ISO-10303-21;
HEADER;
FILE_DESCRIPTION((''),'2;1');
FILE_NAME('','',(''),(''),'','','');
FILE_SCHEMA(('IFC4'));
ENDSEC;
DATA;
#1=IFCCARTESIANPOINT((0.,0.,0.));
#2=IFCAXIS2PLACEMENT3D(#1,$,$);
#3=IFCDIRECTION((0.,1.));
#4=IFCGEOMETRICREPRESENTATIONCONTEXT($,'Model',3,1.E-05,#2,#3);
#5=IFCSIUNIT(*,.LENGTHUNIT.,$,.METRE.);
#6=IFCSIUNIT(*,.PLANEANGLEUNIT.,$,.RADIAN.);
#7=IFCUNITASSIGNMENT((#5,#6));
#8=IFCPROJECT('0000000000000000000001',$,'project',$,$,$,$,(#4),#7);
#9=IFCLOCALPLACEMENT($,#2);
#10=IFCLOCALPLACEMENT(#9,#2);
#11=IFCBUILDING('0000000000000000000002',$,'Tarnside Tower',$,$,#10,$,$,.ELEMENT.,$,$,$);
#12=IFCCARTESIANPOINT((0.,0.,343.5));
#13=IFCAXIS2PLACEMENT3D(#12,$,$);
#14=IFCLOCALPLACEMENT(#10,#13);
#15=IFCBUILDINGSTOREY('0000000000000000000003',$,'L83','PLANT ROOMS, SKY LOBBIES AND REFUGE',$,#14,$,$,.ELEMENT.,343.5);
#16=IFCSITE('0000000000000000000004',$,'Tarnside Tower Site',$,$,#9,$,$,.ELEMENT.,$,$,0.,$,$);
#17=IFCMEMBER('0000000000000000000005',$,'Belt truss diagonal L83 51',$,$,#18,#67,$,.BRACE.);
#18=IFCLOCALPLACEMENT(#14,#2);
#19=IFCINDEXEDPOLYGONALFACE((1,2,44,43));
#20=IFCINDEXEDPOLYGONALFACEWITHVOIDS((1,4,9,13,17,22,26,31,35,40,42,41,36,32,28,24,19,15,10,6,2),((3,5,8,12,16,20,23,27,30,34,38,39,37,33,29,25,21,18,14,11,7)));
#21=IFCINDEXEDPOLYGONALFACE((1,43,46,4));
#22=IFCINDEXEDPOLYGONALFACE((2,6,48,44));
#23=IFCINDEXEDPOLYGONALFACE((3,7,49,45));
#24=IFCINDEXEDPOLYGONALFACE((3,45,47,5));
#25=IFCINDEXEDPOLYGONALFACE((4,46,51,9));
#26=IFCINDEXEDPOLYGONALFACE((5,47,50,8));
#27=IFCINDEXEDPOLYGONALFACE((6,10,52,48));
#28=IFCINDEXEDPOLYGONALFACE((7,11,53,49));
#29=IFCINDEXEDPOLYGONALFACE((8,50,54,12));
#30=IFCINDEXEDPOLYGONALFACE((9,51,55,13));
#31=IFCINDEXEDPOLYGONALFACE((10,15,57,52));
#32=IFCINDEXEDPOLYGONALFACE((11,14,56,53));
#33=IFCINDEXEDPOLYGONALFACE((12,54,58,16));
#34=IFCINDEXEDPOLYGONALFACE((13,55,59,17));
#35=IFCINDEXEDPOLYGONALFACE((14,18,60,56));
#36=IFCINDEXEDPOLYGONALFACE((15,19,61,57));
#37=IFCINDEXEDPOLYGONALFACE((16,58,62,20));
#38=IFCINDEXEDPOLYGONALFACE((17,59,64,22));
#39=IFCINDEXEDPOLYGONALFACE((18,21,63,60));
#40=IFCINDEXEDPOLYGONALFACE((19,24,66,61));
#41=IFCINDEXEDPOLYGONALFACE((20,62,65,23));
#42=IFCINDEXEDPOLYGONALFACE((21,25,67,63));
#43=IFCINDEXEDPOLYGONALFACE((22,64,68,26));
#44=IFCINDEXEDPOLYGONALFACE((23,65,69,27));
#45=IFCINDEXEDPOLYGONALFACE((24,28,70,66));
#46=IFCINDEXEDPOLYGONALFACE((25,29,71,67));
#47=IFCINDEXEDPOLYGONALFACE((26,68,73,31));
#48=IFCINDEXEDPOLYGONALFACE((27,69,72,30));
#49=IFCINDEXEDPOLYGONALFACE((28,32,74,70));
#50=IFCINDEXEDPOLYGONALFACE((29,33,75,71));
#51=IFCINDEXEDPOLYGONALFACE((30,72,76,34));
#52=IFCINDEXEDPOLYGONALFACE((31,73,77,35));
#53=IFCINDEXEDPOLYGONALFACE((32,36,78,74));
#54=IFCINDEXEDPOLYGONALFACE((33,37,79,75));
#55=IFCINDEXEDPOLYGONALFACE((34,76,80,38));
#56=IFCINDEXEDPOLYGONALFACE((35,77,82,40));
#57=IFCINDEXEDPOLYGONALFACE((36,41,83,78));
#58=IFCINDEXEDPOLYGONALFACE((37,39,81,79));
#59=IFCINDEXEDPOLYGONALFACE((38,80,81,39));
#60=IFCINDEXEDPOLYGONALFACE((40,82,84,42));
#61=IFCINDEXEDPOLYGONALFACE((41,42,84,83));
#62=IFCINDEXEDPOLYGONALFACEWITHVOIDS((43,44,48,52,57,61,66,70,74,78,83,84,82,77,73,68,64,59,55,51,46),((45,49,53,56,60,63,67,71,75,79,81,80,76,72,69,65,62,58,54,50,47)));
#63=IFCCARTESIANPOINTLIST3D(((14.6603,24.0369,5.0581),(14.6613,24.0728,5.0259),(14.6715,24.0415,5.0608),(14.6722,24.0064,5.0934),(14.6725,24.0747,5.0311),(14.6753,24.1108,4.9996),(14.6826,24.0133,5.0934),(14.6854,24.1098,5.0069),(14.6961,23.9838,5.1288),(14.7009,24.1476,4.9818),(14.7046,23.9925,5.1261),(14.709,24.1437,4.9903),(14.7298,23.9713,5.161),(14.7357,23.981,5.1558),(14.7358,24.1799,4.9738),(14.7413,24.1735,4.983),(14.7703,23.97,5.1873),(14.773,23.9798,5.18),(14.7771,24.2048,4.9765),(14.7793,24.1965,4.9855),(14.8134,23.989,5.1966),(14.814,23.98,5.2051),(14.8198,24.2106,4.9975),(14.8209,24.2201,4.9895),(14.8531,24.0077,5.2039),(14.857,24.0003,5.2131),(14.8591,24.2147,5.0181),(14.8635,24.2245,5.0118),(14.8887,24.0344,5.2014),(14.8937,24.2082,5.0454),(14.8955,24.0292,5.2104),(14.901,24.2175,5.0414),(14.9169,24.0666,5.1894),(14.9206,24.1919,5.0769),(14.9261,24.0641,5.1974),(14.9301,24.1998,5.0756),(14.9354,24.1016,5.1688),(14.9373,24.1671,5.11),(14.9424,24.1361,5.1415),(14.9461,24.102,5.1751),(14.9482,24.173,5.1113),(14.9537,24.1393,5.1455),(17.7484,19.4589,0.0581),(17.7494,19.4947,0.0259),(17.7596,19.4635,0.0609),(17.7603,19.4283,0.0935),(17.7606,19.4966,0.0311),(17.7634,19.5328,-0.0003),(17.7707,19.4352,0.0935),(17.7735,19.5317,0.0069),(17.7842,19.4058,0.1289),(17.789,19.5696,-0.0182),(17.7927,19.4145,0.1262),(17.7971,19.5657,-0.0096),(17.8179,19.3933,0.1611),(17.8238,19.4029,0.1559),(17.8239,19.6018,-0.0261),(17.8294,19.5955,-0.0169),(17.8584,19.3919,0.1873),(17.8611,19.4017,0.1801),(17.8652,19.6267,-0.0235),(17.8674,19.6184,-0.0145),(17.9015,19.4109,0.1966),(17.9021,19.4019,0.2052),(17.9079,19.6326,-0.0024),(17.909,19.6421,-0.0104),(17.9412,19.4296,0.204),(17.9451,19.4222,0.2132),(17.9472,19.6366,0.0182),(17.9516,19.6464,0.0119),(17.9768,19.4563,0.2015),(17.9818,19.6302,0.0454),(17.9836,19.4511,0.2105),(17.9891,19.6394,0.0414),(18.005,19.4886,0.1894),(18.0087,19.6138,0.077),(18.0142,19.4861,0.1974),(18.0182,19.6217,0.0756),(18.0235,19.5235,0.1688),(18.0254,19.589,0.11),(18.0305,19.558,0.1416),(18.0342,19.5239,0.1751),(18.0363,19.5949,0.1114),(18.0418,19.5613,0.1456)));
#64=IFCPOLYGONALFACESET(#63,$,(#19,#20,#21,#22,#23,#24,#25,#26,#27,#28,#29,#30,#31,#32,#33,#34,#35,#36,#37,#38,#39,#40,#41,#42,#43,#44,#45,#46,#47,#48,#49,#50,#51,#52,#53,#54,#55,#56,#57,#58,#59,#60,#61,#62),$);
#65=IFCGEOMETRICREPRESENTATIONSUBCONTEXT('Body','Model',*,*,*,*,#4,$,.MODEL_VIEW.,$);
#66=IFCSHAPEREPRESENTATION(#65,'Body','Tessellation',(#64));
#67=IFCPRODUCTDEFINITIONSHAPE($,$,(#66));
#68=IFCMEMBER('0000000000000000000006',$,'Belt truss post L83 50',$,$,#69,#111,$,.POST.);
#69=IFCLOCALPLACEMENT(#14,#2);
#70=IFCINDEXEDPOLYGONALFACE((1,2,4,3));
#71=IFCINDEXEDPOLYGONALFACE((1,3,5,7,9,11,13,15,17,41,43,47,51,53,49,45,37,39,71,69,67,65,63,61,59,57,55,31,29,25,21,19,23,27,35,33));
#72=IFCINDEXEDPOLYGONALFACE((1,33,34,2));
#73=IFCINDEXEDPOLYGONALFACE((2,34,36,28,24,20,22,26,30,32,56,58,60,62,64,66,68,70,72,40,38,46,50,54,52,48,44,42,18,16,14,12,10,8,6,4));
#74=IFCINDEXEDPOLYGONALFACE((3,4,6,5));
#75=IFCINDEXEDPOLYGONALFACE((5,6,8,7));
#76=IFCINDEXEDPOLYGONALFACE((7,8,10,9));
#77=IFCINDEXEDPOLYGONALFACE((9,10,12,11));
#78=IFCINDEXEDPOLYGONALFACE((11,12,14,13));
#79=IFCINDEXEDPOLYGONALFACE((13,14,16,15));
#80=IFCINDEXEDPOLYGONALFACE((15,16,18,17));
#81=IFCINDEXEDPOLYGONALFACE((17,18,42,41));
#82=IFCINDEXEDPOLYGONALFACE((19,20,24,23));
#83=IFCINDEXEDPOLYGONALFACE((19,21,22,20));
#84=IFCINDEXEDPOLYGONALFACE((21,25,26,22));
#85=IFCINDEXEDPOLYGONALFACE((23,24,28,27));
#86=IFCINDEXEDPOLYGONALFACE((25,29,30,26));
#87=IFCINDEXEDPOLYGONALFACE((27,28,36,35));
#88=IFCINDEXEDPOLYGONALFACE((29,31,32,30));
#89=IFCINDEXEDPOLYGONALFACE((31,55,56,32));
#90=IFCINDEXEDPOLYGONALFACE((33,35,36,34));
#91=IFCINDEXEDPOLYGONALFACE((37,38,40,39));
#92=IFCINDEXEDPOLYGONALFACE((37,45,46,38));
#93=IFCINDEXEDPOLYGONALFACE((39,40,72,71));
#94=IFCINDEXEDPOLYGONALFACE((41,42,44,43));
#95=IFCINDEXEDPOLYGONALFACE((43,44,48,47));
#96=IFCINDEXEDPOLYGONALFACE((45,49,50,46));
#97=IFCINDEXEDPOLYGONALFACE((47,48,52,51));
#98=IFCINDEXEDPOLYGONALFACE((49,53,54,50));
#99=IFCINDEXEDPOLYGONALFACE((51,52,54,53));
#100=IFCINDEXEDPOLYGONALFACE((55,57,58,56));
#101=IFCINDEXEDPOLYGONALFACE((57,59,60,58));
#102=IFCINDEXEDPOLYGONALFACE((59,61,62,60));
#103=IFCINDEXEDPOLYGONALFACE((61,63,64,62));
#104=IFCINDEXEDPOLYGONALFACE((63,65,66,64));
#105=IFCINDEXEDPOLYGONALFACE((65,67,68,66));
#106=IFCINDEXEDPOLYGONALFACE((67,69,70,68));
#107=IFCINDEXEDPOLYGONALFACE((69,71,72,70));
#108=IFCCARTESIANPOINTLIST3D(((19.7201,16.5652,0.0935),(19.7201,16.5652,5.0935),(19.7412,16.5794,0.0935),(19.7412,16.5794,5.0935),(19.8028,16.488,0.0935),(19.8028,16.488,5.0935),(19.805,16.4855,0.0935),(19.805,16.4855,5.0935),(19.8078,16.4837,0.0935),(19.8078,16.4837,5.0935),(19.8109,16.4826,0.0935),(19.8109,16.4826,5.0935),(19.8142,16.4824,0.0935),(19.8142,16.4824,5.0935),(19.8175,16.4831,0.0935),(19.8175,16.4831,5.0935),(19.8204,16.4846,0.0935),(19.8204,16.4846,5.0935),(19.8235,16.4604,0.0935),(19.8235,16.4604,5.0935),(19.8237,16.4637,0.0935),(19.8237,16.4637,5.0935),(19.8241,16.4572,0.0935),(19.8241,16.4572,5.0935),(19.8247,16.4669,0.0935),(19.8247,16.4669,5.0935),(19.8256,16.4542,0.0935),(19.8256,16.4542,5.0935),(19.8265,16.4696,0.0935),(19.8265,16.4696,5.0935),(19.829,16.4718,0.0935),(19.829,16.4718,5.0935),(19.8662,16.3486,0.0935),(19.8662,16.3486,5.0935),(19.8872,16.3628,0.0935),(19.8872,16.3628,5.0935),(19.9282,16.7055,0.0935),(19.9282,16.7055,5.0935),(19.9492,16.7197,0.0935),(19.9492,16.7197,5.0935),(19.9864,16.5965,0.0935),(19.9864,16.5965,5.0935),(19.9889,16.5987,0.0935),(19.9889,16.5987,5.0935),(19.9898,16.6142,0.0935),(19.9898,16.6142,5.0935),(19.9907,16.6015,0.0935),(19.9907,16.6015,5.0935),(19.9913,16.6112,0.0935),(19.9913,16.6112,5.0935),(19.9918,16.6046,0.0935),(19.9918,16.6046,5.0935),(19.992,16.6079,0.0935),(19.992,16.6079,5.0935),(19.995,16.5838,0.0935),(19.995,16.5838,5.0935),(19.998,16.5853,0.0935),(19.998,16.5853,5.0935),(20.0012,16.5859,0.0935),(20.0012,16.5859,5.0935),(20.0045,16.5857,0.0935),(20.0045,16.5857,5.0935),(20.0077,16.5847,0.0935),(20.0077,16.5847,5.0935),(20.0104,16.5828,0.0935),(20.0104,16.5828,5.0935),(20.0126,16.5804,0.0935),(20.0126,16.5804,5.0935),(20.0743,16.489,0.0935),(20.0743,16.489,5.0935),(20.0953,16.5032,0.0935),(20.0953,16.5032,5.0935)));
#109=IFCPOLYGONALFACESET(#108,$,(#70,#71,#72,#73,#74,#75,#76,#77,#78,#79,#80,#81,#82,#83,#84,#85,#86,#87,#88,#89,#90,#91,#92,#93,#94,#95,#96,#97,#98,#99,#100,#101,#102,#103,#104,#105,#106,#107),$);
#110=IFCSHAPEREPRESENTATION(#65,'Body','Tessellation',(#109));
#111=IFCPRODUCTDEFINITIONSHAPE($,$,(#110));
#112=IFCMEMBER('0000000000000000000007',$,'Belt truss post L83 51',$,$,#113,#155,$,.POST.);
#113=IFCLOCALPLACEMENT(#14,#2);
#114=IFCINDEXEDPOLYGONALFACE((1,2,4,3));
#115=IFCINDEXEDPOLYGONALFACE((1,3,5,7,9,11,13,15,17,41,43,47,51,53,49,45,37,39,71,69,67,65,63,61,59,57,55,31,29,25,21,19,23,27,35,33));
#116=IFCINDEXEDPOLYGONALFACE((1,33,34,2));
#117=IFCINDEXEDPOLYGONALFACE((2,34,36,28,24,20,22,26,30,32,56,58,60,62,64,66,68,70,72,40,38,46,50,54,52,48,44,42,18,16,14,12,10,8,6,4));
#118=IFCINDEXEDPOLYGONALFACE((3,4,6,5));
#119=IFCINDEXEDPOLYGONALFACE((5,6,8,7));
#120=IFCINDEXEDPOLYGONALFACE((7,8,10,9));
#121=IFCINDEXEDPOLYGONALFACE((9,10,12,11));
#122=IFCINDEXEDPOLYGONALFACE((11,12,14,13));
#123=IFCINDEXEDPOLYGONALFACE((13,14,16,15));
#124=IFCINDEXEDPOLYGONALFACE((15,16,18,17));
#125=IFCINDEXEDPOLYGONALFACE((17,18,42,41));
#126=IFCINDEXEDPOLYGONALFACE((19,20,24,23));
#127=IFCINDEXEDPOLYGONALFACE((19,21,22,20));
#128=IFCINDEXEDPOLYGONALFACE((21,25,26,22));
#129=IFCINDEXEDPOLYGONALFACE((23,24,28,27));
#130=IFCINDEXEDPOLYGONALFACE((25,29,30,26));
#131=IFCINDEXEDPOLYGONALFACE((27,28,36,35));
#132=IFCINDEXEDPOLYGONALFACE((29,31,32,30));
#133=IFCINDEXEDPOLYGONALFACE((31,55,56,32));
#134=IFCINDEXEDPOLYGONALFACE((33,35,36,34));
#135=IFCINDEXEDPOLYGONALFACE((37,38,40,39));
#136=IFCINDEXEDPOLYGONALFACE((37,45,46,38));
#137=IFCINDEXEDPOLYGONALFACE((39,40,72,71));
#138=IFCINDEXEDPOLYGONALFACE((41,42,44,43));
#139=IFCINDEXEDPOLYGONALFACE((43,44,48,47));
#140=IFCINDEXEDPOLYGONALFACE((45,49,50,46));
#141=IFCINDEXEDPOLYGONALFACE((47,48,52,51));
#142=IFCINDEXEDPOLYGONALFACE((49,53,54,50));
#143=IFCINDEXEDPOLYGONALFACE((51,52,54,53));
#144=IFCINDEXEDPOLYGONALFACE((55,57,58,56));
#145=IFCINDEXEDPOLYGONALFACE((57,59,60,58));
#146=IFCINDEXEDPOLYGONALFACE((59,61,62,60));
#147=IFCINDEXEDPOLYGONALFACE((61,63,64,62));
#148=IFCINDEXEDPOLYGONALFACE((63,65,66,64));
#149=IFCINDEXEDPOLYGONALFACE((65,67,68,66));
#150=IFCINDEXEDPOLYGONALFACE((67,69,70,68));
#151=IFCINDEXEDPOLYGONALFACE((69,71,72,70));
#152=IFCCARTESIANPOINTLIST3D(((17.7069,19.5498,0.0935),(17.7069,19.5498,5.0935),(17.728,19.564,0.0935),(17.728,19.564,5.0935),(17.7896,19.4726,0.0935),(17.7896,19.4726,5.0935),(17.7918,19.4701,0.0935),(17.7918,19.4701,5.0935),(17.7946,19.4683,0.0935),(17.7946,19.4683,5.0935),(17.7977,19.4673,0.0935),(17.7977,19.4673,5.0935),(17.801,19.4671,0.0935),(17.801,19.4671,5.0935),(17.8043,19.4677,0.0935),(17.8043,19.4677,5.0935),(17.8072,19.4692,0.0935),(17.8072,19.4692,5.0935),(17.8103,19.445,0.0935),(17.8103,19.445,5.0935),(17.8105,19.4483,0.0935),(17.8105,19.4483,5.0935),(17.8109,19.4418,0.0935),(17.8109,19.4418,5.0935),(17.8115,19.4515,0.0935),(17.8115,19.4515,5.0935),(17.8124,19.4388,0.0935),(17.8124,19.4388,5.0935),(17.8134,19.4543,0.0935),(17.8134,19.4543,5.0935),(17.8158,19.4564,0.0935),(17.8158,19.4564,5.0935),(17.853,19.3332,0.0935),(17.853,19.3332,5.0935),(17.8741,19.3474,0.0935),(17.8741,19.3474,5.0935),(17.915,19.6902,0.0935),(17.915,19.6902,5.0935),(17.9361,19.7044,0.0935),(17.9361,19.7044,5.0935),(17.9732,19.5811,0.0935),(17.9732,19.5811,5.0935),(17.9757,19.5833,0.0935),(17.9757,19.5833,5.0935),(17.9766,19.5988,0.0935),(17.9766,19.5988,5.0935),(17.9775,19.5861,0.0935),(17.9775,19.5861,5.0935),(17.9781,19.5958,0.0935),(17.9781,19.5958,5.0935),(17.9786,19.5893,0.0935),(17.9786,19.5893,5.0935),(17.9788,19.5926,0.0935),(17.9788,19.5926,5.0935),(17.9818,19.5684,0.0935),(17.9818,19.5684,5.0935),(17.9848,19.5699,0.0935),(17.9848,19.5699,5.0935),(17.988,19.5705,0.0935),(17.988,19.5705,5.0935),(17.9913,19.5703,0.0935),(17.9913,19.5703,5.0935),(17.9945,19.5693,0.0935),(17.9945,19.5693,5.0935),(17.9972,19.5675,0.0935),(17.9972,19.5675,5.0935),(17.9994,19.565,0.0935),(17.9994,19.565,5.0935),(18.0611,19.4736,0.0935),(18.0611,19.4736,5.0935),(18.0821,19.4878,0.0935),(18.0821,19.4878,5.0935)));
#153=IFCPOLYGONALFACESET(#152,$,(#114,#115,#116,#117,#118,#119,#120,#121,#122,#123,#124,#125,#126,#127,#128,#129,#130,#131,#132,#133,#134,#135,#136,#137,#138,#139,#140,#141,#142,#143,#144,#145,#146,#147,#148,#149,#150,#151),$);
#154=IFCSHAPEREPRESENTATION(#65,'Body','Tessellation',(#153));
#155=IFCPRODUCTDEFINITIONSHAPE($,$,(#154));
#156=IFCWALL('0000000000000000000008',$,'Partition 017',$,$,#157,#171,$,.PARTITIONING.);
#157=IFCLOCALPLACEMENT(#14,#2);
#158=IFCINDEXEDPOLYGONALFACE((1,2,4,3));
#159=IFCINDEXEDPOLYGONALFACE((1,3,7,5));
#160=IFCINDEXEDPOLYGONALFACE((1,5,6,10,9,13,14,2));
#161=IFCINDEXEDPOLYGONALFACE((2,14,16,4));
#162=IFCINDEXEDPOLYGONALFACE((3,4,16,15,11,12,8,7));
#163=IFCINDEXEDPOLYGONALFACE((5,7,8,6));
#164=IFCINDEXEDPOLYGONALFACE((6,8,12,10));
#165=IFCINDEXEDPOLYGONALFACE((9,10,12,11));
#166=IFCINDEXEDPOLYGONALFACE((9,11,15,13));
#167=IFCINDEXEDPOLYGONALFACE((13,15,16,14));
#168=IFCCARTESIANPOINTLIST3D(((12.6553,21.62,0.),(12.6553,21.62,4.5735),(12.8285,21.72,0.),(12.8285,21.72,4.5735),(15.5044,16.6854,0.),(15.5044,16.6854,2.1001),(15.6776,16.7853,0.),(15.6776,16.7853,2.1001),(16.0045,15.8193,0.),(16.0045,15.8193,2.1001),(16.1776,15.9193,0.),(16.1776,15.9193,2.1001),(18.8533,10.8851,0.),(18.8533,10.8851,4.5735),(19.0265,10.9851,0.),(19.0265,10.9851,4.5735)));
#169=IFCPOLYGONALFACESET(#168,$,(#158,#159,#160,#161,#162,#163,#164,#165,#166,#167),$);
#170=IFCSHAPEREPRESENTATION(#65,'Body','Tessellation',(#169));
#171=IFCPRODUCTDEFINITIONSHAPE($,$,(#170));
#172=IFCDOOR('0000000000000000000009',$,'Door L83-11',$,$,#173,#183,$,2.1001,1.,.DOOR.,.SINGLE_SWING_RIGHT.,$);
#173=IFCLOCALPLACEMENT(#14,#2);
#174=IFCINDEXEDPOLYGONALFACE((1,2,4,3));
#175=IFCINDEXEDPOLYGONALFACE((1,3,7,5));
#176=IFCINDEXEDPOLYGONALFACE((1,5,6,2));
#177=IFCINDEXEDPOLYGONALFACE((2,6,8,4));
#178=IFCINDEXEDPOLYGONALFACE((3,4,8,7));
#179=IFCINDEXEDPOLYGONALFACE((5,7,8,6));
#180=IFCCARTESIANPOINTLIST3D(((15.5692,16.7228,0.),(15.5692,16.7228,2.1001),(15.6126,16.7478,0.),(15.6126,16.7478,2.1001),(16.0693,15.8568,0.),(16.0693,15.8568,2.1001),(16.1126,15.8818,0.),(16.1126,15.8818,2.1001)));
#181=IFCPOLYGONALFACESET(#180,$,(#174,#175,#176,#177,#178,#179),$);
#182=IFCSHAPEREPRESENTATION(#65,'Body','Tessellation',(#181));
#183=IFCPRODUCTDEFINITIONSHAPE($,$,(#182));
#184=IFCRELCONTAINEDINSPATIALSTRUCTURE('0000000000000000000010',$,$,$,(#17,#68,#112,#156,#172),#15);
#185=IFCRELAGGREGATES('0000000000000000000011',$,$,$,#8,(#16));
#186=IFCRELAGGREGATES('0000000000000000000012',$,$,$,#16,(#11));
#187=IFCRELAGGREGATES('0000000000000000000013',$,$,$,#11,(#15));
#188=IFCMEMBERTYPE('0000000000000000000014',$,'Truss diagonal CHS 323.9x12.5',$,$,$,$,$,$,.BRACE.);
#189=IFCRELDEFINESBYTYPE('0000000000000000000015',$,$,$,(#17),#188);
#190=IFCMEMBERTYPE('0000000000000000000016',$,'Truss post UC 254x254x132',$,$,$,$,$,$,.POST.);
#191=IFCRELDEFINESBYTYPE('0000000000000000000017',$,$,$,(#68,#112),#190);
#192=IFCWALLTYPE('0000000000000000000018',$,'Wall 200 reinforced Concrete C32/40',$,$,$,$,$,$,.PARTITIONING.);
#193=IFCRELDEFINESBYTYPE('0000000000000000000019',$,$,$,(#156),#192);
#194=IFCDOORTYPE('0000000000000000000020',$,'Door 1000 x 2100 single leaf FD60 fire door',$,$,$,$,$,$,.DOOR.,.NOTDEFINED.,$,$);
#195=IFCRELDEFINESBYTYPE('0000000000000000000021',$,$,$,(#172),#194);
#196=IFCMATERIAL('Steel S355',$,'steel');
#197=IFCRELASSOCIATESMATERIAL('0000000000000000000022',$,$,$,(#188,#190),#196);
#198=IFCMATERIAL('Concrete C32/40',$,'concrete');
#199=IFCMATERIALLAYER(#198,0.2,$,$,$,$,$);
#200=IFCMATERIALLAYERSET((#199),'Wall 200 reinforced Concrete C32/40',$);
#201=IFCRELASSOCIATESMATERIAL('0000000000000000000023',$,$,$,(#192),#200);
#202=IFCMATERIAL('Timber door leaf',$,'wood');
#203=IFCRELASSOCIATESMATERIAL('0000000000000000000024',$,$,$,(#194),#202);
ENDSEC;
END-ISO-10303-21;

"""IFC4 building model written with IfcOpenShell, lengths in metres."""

from ifc_helpers import new_model, si_unit, direction, frame, frame_2d, origin, origin_2d, place, context, subcontext, project, spatial, rectangle, hollow_circle, i_section, extrude, material, layer, layer_set, material_profile, profile_set, type_object, element, fill, save


model = new_model("IFC4")

# Units and contexts
model_context = context("Model", 3, precision=1e-05, world=origin(), true_north=direction((0.0, 1.0)))
body_context = subcontext(model_context, "Body", "Model", "MODEL_VIEW")
ifc_project = project(units=[si_unit("LENGTHUNIT", "METRE"), si_unit("PLANEANGLEUNIT", "RADIAN")], contexts=[model_context])

# Site, building, storey
site_placement = place(None, origin())
site = spatial("IfcSite", under=ifc_project, at=site_placement, Name="Tarnside Tower Site", CompositionType="ELEMENT", RefElevation=0.0)
building_placement = place(site_placement, origin())
building = spatial("IfcBuilding", under=site, at=building_placement, Name="Tarnside Tower", CompositionType="ELEMENT")
storey_placement = place(building_placement, frame((0.0, 0.0, 343.5)))
storey = spatial("IfcBuildingStorey", under=building, at=storey_placement, Name="L83", Description="PLANT ROOMS, SKY LOBBIES AND REFUGE", CompositionType="ELEMENT", Elevation=343.5)

# Shared definitions
ifc_material_1 = material(Name="Steel S355", Category="steel")

# Members
ifc_material_profile_1 = material_profile(ifc_material_1, hollow_circle(Radius=0.1619, WallThickness=0.0125, at=origin_2d()), Name="CHS 323.9x12.5")
ifc_profile_set_1 = profile_set([ifc_material_profile_1], Name="Steel S355")
member_type_1 = type_object("IfcMemberType", Name="Truss diagonal CHS 323.9x12.5", PredefinedType="BRACE", material=ifc_profile_set_1)
member_1_placement = place(storey_placement, frame((17.8945, 19.5188, 0.0935), z_axis=(-0.41454, 0.61455, 0.671181), x_axis=(-0.829025, -0.559212, 0.0)))
element("IfcMember", 1, at=member_1_placement, inside=storey, type_object=member_type_1, Name="Belt truss diagonal L83 51", PredefinedType="BRACE", context=body_context, shape_type="SweptSolid", body=[
    extrude(hollow_circle(Radius=0.1619, WallThickness=0.0125, at=origin_2d()), origin(), (0.0, 0.0, 1.0), 7.4495),
])
ifc_material_profile_2 = material_profile(ifc_material_1, i_section(OverallWidth=0.2612, OverallDepth=0.2764, WebThickness=0.0154, FlangeThickness=0.0254, FilletRadius=0.0127, at=origin_2d()), Name="UC 254x254x132")
ifc_profile_set_2 = profile_set([ifc_material_profile_2], Name="Steel S355")
member_type_2 = type_object("IfcMemberType", Name="Truss post UC 254x254x132", PredefinedType="POST", material=ifc_profile_set_2)
for number, where, z_axis, x_axis, name in (
    (2, (19.9077, 16.5342, 0.0935), (0.0, 0.0, 1.0), (-0.559193, 0.829038, 0.0), "Belt truss post L83 50"),
    (3, (17.8945, 19.5188, 0.0935), (0.0, 0.0, 1.0), (-0.559193, 0.829038, 0.0), "Belt truss post L83 51"),
):
    element("IfcMember", number, at=place(storey_placement, frame(where, z_axis=z_axis, x_axis=x_axis)), inside=storey, type_object=member_type_2, Name=name, PredefinedType="POST", context=body_context, shape_type="SweptSolid", body=[
        extrude(i_section(OverallWidth=0.2612, OverallDepth=0.2764, WebThickness=0.0154, FlangeThickness=0.0254, FilletRadius=0.0127, at=origin_2d()), origin(), (0.0, 0.0, 1.0), 5.0),
    ])

# Wall, opening, door
ifc_material_2 = material(Name="Concrete C32/40", Category="concrete")
ifc_layer_1 = layer(ifc_material_2, 0.2)
ifc_layer_set_1 = layer_set([ifc_layer_1], Name="Wall 200 reinforced Concrete C32/40")
wall_type = type_object("IfcWallType", Name="Wall 200 reinforced Concrete C32/40", PredefinedType="PARTITIONING", material=ifc_layer_set_1)
wall_placement = place(storey_placement, frame((12.7419, 21.6699, 0.0), z_axis=(0.0, 0.0, 1.0), x_axis=(0.500013, -0.866018, 0.0)))
wall = element("IfcWall", 4, at=wall_placement, inside=storey, type_object=wall_type, Name="Partition 017", PredefinedType="PARTITIONING", context=body_context, shape_type="SweptSolid", body=[
    extrude(rectangle(XDim=12.3958, YDim=0.2, at=frame_2d((6.1978, 0.0))), origin(), (0.0, 0.0, 1.0), 4.5735),
])
opening_placement = place(wall_placement, frame((5.698, 0.0, 0.0)))
opening = element("IfcOpeningElement", 5, at=opening_placement, cuts=wall, PredefinedType="OPENING", context=body_context, shape_type="SweptSolid", body=[
    extrude(rectangle(XDim=1.0, YDim=2.1001, at=frame_2d((0.5, 1.05))), frame((0.0, 0.1099, 0.0), z_axis=(0.0, -1.0, 0.0), x_axis=(1.0, 0.0, 0.0)), (0.0, 0.0, 1.0), 0.22),
])
ifc_material_3 = material(Name="Timber door leaf", Category="wood")
door_type = type_object("IfcDoorType", Name="Door 1000 x 2100 single leaf FD60 fire door", OperationType="NOTDEFINED", PredefinedType="DOOR", material=ifc_material_3)
door_placement = place(opening_placement, origin())
door = element("IfcDoor", 6, at=door_placement, inside=storey, type_object=door_type, Name="Door L83-11", OperationType="SINGLE_SWING_RIGHT", OverallHeight=2.1001, OverallWidth=1.0, PredefinedType="DOOR", context=body_context, shape_type="SweptSolid", body=[
    extrude(rectangle(XDim=1.0, YDim=2.1001, at=frame_2d((0.5, 1.05))), frame((0.0, 0.0249, 0.0), z_axis=(0.0, -1.0, 0.0), x_axis=(1.0, 0.0, 0.0)), (0.0, 0.0, 1.0), 0.05),
])
fill(opening, door)

save(model, "model.ifc")
